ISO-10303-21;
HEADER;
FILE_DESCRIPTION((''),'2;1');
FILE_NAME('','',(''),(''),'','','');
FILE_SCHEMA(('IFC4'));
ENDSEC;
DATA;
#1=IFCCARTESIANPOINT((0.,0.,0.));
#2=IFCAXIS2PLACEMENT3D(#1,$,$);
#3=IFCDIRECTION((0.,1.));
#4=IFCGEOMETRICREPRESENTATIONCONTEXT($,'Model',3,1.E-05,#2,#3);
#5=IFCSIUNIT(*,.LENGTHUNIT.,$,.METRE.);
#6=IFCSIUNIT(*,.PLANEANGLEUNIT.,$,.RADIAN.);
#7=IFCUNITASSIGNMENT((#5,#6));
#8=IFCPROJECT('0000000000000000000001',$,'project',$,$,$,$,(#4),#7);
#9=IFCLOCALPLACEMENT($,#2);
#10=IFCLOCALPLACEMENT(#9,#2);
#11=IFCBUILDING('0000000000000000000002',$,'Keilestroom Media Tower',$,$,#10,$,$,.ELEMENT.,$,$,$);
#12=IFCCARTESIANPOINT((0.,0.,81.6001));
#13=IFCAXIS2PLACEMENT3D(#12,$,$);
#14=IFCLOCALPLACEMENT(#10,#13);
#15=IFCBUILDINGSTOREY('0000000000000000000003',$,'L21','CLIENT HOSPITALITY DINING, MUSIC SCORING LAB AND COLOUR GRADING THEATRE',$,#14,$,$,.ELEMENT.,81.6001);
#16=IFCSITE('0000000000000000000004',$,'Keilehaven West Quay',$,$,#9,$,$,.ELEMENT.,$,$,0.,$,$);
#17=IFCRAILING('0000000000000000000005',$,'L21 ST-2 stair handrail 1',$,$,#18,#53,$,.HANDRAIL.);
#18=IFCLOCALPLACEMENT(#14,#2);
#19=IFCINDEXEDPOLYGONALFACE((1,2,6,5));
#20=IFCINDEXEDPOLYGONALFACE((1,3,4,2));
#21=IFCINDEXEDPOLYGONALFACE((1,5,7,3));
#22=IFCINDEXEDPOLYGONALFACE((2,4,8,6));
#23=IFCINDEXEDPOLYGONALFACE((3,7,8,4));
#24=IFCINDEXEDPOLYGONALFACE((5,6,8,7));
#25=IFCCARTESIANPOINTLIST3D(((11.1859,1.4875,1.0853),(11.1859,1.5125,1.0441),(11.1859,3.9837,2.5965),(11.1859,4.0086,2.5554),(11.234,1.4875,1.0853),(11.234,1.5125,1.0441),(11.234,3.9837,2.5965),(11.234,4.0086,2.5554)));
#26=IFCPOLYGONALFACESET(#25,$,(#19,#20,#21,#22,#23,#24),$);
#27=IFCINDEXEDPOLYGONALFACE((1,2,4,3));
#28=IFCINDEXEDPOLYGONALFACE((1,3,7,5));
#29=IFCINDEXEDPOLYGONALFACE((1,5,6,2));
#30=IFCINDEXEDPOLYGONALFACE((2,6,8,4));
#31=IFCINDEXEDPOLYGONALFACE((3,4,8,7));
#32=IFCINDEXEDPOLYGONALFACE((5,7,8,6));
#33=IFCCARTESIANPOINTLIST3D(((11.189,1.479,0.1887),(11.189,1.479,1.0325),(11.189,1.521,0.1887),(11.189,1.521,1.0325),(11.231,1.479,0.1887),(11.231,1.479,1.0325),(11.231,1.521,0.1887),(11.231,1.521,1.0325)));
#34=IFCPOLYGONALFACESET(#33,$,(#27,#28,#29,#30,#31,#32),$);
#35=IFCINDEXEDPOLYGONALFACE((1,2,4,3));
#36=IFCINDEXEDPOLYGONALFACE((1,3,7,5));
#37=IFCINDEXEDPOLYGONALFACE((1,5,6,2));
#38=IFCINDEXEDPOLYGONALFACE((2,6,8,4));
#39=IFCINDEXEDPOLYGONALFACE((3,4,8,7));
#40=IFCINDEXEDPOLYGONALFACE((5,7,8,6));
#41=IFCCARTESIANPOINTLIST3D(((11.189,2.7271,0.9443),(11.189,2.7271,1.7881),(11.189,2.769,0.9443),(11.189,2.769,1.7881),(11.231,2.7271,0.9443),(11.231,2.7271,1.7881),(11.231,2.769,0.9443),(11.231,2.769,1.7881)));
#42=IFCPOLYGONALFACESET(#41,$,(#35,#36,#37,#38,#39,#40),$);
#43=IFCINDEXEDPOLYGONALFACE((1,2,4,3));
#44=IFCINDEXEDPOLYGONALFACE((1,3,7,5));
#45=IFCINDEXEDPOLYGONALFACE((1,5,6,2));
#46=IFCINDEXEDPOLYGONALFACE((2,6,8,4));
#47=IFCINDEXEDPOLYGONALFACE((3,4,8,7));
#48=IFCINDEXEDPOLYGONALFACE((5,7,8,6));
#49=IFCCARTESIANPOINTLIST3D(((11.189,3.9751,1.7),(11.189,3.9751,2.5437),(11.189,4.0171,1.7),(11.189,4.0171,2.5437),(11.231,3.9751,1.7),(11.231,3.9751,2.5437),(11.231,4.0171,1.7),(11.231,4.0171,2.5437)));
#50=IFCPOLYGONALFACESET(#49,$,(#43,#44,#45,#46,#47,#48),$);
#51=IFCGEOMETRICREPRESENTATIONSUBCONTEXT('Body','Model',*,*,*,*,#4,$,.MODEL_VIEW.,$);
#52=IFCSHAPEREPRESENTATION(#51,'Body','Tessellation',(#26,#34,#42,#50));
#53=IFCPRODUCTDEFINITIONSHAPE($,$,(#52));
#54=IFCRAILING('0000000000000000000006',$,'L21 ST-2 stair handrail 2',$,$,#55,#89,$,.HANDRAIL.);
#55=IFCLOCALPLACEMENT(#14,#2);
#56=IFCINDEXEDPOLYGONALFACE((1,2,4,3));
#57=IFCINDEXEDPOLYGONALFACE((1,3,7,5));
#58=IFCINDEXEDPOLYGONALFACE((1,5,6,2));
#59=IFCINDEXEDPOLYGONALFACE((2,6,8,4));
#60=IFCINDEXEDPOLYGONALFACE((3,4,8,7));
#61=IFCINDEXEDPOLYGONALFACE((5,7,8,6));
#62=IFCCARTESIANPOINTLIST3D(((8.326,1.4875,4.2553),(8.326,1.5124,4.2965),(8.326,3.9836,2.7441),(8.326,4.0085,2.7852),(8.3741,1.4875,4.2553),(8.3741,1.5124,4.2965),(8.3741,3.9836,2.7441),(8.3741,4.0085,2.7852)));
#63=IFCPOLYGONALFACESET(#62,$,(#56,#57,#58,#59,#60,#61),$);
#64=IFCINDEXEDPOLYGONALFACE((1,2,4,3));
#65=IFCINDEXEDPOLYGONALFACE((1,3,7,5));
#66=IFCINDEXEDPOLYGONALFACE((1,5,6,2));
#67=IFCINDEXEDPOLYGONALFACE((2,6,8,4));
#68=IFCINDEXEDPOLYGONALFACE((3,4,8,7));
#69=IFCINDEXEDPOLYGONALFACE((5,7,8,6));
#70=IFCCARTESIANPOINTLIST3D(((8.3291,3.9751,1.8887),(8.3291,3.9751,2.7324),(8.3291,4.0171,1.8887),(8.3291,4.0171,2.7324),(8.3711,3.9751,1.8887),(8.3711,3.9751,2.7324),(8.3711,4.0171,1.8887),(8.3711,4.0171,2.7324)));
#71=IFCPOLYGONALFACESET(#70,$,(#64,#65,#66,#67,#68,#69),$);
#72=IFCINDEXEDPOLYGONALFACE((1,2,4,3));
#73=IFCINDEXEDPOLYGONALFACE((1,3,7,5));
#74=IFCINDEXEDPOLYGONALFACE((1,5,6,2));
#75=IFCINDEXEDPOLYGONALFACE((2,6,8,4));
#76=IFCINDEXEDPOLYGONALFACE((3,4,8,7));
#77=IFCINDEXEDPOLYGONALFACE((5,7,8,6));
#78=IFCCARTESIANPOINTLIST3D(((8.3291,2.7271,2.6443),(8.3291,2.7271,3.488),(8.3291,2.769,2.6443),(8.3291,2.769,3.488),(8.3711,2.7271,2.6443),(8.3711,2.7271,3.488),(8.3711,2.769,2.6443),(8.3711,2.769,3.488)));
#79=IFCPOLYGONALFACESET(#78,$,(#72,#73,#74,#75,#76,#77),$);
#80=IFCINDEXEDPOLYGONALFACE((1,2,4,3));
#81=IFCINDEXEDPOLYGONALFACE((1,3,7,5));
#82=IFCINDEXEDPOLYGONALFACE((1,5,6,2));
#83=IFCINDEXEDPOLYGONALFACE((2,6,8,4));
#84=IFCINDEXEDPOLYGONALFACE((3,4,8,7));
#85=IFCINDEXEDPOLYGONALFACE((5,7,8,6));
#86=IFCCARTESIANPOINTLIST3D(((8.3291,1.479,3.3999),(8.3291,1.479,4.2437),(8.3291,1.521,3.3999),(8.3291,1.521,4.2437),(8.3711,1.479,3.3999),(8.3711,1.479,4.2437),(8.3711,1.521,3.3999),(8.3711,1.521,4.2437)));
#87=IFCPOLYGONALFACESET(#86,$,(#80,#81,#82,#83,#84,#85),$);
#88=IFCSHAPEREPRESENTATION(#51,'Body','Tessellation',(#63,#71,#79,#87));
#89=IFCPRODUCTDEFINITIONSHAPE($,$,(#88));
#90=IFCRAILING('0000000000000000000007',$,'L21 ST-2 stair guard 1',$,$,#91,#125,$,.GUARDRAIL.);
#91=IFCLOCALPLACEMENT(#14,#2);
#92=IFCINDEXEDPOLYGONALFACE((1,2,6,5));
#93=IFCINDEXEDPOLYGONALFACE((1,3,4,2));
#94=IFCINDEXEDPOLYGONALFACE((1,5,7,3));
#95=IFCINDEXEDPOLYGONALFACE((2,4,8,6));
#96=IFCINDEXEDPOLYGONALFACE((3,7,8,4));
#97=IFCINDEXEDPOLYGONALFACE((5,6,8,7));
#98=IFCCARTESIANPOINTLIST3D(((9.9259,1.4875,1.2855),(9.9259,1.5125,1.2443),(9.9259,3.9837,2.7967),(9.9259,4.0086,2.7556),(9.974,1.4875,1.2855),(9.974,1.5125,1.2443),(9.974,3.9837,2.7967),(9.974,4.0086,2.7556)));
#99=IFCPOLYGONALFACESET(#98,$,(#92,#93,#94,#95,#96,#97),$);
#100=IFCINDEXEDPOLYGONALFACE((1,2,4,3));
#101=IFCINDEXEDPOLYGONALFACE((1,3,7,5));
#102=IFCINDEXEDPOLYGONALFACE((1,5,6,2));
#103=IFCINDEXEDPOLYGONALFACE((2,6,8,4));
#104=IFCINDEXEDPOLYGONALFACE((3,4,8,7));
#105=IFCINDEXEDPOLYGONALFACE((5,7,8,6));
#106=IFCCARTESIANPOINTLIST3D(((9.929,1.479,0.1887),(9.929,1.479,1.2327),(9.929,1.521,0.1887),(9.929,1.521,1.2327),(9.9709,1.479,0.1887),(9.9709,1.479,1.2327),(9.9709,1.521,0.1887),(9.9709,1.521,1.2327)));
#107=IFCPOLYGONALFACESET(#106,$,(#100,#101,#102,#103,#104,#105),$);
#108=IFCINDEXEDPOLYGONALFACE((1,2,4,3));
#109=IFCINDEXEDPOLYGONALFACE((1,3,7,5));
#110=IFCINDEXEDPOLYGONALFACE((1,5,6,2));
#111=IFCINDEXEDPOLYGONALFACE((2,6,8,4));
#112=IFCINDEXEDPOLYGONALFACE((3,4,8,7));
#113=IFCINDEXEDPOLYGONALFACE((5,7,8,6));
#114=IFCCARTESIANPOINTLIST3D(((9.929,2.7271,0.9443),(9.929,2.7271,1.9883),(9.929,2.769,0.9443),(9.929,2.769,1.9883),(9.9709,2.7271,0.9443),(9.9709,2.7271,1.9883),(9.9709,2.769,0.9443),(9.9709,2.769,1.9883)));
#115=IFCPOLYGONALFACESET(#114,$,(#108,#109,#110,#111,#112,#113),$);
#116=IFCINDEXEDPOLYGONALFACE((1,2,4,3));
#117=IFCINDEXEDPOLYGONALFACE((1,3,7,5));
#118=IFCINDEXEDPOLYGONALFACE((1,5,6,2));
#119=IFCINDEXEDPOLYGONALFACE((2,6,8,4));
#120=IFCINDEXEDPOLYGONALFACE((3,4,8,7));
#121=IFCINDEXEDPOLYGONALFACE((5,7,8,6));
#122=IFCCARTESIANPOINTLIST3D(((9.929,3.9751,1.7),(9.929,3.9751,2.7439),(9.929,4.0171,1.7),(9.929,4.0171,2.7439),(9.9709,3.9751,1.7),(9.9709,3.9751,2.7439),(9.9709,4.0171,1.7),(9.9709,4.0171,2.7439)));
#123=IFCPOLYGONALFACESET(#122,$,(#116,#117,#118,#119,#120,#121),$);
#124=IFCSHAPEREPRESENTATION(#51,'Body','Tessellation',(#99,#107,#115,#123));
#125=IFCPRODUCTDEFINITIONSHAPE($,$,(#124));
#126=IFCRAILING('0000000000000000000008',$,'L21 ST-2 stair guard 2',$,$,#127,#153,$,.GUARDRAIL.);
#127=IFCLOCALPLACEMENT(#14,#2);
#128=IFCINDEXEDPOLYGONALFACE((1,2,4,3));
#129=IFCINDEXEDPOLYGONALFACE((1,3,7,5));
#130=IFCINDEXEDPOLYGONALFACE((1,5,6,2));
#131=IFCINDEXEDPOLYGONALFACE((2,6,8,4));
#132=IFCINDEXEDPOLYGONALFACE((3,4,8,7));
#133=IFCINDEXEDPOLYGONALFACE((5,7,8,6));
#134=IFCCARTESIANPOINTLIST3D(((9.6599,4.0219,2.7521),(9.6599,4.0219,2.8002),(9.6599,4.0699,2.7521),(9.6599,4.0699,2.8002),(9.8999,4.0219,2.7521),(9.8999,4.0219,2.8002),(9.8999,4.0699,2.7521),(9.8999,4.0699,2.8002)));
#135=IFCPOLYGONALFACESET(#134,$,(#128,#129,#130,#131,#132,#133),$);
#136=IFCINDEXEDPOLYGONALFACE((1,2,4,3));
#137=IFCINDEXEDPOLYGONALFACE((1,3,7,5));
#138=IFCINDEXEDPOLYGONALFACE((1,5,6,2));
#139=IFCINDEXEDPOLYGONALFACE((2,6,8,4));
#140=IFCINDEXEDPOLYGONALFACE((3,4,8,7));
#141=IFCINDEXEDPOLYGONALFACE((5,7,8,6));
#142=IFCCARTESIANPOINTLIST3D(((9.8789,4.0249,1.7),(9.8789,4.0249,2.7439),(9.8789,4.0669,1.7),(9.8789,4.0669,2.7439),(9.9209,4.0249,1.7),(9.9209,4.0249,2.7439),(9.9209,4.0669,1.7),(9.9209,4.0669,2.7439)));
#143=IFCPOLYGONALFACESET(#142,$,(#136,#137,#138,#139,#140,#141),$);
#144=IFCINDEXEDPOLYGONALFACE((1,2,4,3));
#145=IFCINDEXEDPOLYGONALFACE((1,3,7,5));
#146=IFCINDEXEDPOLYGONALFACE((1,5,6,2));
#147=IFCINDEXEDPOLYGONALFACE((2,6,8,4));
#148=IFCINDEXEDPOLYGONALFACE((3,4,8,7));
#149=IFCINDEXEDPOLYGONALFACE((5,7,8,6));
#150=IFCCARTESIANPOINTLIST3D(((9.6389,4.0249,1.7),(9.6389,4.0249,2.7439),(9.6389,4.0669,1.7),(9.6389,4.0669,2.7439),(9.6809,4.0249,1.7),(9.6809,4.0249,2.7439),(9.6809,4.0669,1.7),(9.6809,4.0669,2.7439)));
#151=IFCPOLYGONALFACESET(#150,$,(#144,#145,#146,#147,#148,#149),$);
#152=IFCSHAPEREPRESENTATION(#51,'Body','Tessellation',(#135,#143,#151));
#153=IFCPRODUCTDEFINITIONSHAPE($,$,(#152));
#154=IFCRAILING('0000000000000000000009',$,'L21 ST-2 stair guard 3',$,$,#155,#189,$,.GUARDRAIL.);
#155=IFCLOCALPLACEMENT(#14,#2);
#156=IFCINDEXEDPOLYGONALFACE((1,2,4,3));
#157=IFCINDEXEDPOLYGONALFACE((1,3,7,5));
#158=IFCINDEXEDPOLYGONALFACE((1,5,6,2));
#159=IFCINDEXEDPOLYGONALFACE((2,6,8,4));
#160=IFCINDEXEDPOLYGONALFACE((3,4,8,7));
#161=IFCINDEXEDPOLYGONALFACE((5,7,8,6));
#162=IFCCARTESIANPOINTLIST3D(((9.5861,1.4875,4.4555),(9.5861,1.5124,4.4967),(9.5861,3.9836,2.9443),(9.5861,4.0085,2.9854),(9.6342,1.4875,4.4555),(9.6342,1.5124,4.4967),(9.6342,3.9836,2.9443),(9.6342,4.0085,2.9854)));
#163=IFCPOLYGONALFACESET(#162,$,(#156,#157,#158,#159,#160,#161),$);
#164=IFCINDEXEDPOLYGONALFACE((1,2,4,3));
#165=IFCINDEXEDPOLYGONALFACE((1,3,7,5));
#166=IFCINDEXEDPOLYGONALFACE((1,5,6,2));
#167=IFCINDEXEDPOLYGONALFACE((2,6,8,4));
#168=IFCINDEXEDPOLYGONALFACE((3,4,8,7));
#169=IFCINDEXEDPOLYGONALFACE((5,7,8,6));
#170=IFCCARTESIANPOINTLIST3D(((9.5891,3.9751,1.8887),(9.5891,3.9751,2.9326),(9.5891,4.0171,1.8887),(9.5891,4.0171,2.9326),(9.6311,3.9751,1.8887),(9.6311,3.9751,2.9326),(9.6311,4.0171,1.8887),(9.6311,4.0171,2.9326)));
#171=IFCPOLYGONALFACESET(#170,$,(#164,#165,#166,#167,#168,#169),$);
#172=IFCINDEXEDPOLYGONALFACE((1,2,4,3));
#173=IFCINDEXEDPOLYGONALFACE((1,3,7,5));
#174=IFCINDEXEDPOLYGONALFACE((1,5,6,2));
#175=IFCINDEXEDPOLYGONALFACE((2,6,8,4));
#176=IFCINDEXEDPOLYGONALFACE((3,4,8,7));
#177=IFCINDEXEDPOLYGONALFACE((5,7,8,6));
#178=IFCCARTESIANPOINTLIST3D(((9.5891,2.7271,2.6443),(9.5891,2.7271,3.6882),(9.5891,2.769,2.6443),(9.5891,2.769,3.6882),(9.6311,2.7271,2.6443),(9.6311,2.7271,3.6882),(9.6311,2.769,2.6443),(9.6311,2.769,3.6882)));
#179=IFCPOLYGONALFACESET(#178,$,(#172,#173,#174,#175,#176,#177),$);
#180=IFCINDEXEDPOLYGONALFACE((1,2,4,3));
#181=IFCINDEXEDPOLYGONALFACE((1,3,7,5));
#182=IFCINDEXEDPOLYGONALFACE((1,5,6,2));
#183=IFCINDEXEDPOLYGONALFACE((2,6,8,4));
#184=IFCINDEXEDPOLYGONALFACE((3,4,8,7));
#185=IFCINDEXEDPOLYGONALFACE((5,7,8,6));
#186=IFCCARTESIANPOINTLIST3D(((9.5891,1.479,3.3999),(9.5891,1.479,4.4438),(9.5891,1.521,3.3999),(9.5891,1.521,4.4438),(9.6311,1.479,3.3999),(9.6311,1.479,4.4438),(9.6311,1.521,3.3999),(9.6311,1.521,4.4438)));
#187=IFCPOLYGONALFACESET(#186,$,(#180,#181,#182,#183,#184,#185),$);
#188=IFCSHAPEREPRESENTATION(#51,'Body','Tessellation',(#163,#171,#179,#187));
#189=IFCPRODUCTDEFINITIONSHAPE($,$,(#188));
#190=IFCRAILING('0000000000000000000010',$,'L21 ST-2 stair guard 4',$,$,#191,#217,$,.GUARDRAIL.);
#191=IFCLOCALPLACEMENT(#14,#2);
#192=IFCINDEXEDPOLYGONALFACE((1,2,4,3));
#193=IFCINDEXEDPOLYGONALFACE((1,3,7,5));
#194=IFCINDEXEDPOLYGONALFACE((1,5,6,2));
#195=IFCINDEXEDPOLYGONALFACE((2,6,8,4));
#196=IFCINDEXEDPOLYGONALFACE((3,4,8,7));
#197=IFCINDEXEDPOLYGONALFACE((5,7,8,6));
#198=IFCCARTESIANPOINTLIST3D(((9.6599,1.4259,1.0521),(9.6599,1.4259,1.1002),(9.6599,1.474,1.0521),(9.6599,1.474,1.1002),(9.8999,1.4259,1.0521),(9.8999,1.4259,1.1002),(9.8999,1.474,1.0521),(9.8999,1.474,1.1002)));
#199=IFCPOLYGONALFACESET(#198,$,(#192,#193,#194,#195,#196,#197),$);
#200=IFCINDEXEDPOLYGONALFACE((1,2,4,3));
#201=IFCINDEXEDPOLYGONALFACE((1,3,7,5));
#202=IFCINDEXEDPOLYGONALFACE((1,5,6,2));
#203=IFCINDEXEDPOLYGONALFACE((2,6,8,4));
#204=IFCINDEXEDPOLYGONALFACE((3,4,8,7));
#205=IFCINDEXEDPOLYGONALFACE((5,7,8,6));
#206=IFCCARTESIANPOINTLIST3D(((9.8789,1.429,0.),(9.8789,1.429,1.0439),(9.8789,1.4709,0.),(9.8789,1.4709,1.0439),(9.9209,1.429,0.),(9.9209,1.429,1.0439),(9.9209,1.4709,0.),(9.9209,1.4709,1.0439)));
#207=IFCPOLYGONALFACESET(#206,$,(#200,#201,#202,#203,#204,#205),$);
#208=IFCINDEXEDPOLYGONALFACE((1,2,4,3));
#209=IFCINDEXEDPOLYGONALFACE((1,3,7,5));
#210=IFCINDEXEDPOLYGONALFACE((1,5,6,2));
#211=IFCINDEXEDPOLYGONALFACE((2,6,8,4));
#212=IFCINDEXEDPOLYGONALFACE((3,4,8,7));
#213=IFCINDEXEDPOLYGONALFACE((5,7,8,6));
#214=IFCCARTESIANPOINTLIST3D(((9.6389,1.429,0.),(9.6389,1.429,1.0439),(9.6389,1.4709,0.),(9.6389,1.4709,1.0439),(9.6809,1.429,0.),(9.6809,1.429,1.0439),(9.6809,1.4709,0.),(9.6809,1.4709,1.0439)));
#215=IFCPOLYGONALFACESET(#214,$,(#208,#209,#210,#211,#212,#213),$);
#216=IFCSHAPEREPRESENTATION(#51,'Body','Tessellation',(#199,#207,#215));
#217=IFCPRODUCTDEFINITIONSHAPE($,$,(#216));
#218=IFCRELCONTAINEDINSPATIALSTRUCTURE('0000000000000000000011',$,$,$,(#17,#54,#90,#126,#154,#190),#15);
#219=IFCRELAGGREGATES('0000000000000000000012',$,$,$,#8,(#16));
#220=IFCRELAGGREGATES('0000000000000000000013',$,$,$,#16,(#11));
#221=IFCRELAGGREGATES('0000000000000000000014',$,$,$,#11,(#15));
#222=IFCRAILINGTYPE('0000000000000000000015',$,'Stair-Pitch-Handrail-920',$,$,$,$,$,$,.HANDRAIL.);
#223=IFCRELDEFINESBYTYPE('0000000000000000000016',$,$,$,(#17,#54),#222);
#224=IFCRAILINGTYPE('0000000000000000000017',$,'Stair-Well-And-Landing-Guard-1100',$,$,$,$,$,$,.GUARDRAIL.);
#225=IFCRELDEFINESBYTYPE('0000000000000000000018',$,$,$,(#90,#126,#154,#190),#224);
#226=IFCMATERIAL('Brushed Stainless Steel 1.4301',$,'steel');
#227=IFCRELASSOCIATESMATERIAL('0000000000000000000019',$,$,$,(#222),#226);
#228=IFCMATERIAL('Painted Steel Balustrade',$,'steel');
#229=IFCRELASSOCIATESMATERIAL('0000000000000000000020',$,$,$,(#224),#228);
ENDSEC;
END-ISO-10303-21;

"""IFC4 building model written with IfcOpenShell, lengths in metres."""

from ifc_helpers import new_model, si_unit, direction, frame, origin, origin_2d, place, context, subcontext, project, spatial, rectangle, extrude, material, type_object, element, save


model = new_model("IFC4")

# Units and contexts
model_context = context("Model", 3, precision=1e-05, world=origin(), true_north=direction((0.0, 1.0)))
body_context = subcontext(model_context, "Body", "Model", "MODEL_VIEW")
ifc_project = project(units=[si_unit("LENGTHUNIT", "METRE"), si_unit("PLANEANGLEUNIT", "RADIAN")], contexts=[model_context])

# Site, building, storey
site_placement = place(None, origin())
site = spatial("IfcSite", under=ifc_project, at=site_placement, Name="Keilehaven West Quay", CompositionType="ELEMENT", RefElevation=0.0)
building_placement = place(site_placement, origin())
building = spatial("IfcBuilding", under=site, at=building_placement, Name="Keilestroom Media Tower", CompositionType="ELEMENT")
storey_placement = place(building_placement, frame((0.0, 0.0, 81.6001)))
storey = spatial("IfcBuildingStorey", under=building, at=storey_placement, Name="L21", Description="CLIENT HOSPITALITY DINING, MUSIC SCORING LAB AND COLOUR GRADING THEATRE", CompositionType="ELEMENT", Elevation=81.6001)

# Railings
ifc_material_1 = material(Name="Brushed Stainless Steel 1.4301", Category="steel")
railing_type_1 = type_object("IfcRailingType", Name="Stair-Pitch-Handrail-920", PredefinedType="HANDRAIL", material=ifc_material_1)
railing_1_placement = place(storey_placement, frame((11.21, 1.5, 0.1887)))
element("IfcRailing", 1, at=railing_1_placement, inside=storey, type_object=railing_type_1, Name="L21 ST-2 stair handrail 1", PredefinedType="HANDRAIL", context=body_context, shape_type="SweptSolid", body=[
    extrude(rectangle(XDim=0.0481, YDim=0.0481, at=origin_2d()), frame((0.0, 0.0, 0.876), z_axis=(0.0, 0.855434, 0.517912), x_axis=(-1.0, 0.0, 0.0)), (0.0, 0.0, 1.0), 2.918),
    extrude(rectangle(XDim=0.042, YDim=0.042, at=origin_2d()), origin(), (0.0, 0.0, 1.0), 0.8438),
    extrude(rectangle(XDim=0.042, YDim=0.042, at=origin_2d()), frame((0.0, 1.248, 0.7556)), (0.0, 0.0, 1.0), 0.8438),
    extrude(rectangle(XDim=0.042, YDim=0.042, at=origin_2d()), frame((0.0, 2.4961, 1.5112)), (0.0, 0.0, 1.0), 0.8438),
])
railing_2_placement = place(storey_placement, frame((8.3501, 3.9961, 1.8887)))
element("IfcRailing", 2, at=railing_2_placement, inside=storey, type_object=railing_type_1, Name="L21 ST-2 stair handrail 2", PredefinedType="HANDRAIL", context=body_context, shape_type="SweptSolid", body=[
    extrude(rectangle(XDim=0.0481, YDim=0.0481, at=origin_2d()), frame((0.0, 0.0, 0.876), z_axis=(0.0, -0.855434, 0.517912), x_axis=(1.0, 0.0, 0.0)), (0.0, 0.0, 1.0), 2.918),
    extrude(rectangle(XDim=0.042, YDim=0.042, at=origin_2d()), origin(), (0.0, 0.0, 1.0), 0.8438),
    extrude(rectangle(XDim=0.042, YDim=0.042, at=origin_2d()), frame((0.0, -1.248, 0.7556)), (0.0, 0.0, 1.0), 0.8438),
    extrude(rectangle(XDim=0.042, YDim=0.042, at=origin_2d()), frame((0.0, -2.4961, 1.5112)), (0.0, 0.0, 1.0), 0.8438),
])
ifc_material_2 = material(Name="Painted Steel Balustrade", Category="steel")
railing_type_2 = type_object("IfcRailingType", Name="Stair-Well-And-Landing-Guard-1100", PredefinedType="GUARDRAIL", material=ifc_material_2)
railing_3_placement = place(storey_placement, frame((9.95, 1.5, 0.1887)))
element("IfcRailing", 3, at=railing_3_placement, inside=storey, type_object=railing_type_2, Name="L21 ST-2 stair guard 1", PredefinedType="GUARDRAIL", context=body_context, shape_type="SweptSolid", body=[
    extrude(rectangle(XDim=0.0481, YDim=0.0481, at=origin_2d()), frame((0.0, 0.0, 1.0762), z_axis=(0.0, 0.855434, 0.517912), x_axis=(-1.0, 0.0, 0.0)), (0.0, 0.0, 1.0), 2.918),
    extrude(rectangle(XDim=0.042, YDim=0.042, at=origin_2d()), origin(), (0.0, 0.0, 1.0), 1.0439),
    extrude(rectangle(XDim=0.042, YDim=0.042, at=origin_2d()), frame((0.0, 1.248, 0.7556)), (0.0, 0.0, 1.0), 1.0439),
    extrude(rectangle(XDim=0.042, YDim=0.042, at=origin_2d()), frame((0.0, 2.4961, 1.5112)), (0.0, 0.0, 1.0), 1.0439),
])
railing_4_placement = place(storey_placement, frame((9.8999, 4.0459, 1.7)))
element("IfcRailing", 4, at=railing_4_placement, inside=storey, type_object=railing_type_2, Name="L21 ST-2 stair guard 2", PredefinedType="GUARDRAIL", context=body_context, shape_type="SweptSolid", body=[
    extrude(rectangle(XDim=0.0481, YDim=0.0481, at=origin_2d()), frame((0.0, 0.0, 1.0762), z_axis=(-1.0, 0.0, 0.0), x_axis=(0.0, -1.0, 0.0)), (0.0, 0.0, 1.0), 0.24),
    extrude(rectangle(XDim=0.042, YDim=0.042, at=origin_2d()), origin(), (0.0, 0.0, 1.0), 1.0439),
    extrude(rectangle(XDim=0.042, YDim=0.042, at=origin_2d()), frame((-0.24, 0.0, 0.0)), (0.0, 0.0, 1.0), 1.0439),
])
railing_5_placement = place(storey_placement, frame((9.6101, 3.9961, 1.8887)))
element("IfcRailing", 5, at=railing_5_placement, inside=storey, type_object=railing_type_2, Name="L21 ST-2 stair guard 3", PredefinedType="GUARDRAIL", context=body_context, shape_type="SweptSolid", body=[
    extrude(rectangle(XDim=0.0481, YDim=0.0481, at=origin_2d()), frame((0.0, 0.0, 1.0762), z_axis=(0.0, -0.855434, 0.517912), x_axis=(1.0, 0.0, 0.0)), (0.0, 0.0, 1.0), 2.918),
    extrude(rectangle(XDim=0.042, YDim=0.042, at=origin_2d()), origin(), (0.0, 0.0, 1.0), 1.0439),
    extrude(rectangle(XDim=0.042, YDim=0.042, at=origin_2d()), frame((0.0, -1.248, 0.7556)), (0.0, 0.0, 1.0), 1.0439),
    extrude(rectangle(XDim=0.042, YDim=0.042, at=origin_2d()), frame((0.0, -2.4961, 1.5112)), (0.0, 0.0, 1.0), 1.0439),
])
railing_6_placement = place(storey_placement, frame((9.8999, 1.45, 0.0)))
element("IfcRailing", 6, at=railing_6_placement, inside=storey, type_object=railing_type_2, Name="L21 ST-2 stair guard 4", PredefinedType="GUARDRAIL", context=body_context, shape_type="SweptSolid", body=[
    extrude(rectangle(XDim=0.0481, YDim=0.0481, at=origin_2d()), frame((0.0, 0.0, 1.0762), z_axis=(-1.0, 0.0, 0.0), x_axis=(0.0, -1.0, 0.0)), (0.0, 0.0, 1.0), 0.24),
    extrude(rectangle(XDim=0.042, YDim=0.042, at=origin_2d()), origin(), (0.0, 0.0, 1.0), 1.0439),
    extrude(rectangle(XDim=0.042, YDim=0.042, at=origin_2d()), frame((-0.24, 0.0, 0.0)), (0.0, 0.0, 1.0), 1.0439),
])

save(model, "model.ifc")
